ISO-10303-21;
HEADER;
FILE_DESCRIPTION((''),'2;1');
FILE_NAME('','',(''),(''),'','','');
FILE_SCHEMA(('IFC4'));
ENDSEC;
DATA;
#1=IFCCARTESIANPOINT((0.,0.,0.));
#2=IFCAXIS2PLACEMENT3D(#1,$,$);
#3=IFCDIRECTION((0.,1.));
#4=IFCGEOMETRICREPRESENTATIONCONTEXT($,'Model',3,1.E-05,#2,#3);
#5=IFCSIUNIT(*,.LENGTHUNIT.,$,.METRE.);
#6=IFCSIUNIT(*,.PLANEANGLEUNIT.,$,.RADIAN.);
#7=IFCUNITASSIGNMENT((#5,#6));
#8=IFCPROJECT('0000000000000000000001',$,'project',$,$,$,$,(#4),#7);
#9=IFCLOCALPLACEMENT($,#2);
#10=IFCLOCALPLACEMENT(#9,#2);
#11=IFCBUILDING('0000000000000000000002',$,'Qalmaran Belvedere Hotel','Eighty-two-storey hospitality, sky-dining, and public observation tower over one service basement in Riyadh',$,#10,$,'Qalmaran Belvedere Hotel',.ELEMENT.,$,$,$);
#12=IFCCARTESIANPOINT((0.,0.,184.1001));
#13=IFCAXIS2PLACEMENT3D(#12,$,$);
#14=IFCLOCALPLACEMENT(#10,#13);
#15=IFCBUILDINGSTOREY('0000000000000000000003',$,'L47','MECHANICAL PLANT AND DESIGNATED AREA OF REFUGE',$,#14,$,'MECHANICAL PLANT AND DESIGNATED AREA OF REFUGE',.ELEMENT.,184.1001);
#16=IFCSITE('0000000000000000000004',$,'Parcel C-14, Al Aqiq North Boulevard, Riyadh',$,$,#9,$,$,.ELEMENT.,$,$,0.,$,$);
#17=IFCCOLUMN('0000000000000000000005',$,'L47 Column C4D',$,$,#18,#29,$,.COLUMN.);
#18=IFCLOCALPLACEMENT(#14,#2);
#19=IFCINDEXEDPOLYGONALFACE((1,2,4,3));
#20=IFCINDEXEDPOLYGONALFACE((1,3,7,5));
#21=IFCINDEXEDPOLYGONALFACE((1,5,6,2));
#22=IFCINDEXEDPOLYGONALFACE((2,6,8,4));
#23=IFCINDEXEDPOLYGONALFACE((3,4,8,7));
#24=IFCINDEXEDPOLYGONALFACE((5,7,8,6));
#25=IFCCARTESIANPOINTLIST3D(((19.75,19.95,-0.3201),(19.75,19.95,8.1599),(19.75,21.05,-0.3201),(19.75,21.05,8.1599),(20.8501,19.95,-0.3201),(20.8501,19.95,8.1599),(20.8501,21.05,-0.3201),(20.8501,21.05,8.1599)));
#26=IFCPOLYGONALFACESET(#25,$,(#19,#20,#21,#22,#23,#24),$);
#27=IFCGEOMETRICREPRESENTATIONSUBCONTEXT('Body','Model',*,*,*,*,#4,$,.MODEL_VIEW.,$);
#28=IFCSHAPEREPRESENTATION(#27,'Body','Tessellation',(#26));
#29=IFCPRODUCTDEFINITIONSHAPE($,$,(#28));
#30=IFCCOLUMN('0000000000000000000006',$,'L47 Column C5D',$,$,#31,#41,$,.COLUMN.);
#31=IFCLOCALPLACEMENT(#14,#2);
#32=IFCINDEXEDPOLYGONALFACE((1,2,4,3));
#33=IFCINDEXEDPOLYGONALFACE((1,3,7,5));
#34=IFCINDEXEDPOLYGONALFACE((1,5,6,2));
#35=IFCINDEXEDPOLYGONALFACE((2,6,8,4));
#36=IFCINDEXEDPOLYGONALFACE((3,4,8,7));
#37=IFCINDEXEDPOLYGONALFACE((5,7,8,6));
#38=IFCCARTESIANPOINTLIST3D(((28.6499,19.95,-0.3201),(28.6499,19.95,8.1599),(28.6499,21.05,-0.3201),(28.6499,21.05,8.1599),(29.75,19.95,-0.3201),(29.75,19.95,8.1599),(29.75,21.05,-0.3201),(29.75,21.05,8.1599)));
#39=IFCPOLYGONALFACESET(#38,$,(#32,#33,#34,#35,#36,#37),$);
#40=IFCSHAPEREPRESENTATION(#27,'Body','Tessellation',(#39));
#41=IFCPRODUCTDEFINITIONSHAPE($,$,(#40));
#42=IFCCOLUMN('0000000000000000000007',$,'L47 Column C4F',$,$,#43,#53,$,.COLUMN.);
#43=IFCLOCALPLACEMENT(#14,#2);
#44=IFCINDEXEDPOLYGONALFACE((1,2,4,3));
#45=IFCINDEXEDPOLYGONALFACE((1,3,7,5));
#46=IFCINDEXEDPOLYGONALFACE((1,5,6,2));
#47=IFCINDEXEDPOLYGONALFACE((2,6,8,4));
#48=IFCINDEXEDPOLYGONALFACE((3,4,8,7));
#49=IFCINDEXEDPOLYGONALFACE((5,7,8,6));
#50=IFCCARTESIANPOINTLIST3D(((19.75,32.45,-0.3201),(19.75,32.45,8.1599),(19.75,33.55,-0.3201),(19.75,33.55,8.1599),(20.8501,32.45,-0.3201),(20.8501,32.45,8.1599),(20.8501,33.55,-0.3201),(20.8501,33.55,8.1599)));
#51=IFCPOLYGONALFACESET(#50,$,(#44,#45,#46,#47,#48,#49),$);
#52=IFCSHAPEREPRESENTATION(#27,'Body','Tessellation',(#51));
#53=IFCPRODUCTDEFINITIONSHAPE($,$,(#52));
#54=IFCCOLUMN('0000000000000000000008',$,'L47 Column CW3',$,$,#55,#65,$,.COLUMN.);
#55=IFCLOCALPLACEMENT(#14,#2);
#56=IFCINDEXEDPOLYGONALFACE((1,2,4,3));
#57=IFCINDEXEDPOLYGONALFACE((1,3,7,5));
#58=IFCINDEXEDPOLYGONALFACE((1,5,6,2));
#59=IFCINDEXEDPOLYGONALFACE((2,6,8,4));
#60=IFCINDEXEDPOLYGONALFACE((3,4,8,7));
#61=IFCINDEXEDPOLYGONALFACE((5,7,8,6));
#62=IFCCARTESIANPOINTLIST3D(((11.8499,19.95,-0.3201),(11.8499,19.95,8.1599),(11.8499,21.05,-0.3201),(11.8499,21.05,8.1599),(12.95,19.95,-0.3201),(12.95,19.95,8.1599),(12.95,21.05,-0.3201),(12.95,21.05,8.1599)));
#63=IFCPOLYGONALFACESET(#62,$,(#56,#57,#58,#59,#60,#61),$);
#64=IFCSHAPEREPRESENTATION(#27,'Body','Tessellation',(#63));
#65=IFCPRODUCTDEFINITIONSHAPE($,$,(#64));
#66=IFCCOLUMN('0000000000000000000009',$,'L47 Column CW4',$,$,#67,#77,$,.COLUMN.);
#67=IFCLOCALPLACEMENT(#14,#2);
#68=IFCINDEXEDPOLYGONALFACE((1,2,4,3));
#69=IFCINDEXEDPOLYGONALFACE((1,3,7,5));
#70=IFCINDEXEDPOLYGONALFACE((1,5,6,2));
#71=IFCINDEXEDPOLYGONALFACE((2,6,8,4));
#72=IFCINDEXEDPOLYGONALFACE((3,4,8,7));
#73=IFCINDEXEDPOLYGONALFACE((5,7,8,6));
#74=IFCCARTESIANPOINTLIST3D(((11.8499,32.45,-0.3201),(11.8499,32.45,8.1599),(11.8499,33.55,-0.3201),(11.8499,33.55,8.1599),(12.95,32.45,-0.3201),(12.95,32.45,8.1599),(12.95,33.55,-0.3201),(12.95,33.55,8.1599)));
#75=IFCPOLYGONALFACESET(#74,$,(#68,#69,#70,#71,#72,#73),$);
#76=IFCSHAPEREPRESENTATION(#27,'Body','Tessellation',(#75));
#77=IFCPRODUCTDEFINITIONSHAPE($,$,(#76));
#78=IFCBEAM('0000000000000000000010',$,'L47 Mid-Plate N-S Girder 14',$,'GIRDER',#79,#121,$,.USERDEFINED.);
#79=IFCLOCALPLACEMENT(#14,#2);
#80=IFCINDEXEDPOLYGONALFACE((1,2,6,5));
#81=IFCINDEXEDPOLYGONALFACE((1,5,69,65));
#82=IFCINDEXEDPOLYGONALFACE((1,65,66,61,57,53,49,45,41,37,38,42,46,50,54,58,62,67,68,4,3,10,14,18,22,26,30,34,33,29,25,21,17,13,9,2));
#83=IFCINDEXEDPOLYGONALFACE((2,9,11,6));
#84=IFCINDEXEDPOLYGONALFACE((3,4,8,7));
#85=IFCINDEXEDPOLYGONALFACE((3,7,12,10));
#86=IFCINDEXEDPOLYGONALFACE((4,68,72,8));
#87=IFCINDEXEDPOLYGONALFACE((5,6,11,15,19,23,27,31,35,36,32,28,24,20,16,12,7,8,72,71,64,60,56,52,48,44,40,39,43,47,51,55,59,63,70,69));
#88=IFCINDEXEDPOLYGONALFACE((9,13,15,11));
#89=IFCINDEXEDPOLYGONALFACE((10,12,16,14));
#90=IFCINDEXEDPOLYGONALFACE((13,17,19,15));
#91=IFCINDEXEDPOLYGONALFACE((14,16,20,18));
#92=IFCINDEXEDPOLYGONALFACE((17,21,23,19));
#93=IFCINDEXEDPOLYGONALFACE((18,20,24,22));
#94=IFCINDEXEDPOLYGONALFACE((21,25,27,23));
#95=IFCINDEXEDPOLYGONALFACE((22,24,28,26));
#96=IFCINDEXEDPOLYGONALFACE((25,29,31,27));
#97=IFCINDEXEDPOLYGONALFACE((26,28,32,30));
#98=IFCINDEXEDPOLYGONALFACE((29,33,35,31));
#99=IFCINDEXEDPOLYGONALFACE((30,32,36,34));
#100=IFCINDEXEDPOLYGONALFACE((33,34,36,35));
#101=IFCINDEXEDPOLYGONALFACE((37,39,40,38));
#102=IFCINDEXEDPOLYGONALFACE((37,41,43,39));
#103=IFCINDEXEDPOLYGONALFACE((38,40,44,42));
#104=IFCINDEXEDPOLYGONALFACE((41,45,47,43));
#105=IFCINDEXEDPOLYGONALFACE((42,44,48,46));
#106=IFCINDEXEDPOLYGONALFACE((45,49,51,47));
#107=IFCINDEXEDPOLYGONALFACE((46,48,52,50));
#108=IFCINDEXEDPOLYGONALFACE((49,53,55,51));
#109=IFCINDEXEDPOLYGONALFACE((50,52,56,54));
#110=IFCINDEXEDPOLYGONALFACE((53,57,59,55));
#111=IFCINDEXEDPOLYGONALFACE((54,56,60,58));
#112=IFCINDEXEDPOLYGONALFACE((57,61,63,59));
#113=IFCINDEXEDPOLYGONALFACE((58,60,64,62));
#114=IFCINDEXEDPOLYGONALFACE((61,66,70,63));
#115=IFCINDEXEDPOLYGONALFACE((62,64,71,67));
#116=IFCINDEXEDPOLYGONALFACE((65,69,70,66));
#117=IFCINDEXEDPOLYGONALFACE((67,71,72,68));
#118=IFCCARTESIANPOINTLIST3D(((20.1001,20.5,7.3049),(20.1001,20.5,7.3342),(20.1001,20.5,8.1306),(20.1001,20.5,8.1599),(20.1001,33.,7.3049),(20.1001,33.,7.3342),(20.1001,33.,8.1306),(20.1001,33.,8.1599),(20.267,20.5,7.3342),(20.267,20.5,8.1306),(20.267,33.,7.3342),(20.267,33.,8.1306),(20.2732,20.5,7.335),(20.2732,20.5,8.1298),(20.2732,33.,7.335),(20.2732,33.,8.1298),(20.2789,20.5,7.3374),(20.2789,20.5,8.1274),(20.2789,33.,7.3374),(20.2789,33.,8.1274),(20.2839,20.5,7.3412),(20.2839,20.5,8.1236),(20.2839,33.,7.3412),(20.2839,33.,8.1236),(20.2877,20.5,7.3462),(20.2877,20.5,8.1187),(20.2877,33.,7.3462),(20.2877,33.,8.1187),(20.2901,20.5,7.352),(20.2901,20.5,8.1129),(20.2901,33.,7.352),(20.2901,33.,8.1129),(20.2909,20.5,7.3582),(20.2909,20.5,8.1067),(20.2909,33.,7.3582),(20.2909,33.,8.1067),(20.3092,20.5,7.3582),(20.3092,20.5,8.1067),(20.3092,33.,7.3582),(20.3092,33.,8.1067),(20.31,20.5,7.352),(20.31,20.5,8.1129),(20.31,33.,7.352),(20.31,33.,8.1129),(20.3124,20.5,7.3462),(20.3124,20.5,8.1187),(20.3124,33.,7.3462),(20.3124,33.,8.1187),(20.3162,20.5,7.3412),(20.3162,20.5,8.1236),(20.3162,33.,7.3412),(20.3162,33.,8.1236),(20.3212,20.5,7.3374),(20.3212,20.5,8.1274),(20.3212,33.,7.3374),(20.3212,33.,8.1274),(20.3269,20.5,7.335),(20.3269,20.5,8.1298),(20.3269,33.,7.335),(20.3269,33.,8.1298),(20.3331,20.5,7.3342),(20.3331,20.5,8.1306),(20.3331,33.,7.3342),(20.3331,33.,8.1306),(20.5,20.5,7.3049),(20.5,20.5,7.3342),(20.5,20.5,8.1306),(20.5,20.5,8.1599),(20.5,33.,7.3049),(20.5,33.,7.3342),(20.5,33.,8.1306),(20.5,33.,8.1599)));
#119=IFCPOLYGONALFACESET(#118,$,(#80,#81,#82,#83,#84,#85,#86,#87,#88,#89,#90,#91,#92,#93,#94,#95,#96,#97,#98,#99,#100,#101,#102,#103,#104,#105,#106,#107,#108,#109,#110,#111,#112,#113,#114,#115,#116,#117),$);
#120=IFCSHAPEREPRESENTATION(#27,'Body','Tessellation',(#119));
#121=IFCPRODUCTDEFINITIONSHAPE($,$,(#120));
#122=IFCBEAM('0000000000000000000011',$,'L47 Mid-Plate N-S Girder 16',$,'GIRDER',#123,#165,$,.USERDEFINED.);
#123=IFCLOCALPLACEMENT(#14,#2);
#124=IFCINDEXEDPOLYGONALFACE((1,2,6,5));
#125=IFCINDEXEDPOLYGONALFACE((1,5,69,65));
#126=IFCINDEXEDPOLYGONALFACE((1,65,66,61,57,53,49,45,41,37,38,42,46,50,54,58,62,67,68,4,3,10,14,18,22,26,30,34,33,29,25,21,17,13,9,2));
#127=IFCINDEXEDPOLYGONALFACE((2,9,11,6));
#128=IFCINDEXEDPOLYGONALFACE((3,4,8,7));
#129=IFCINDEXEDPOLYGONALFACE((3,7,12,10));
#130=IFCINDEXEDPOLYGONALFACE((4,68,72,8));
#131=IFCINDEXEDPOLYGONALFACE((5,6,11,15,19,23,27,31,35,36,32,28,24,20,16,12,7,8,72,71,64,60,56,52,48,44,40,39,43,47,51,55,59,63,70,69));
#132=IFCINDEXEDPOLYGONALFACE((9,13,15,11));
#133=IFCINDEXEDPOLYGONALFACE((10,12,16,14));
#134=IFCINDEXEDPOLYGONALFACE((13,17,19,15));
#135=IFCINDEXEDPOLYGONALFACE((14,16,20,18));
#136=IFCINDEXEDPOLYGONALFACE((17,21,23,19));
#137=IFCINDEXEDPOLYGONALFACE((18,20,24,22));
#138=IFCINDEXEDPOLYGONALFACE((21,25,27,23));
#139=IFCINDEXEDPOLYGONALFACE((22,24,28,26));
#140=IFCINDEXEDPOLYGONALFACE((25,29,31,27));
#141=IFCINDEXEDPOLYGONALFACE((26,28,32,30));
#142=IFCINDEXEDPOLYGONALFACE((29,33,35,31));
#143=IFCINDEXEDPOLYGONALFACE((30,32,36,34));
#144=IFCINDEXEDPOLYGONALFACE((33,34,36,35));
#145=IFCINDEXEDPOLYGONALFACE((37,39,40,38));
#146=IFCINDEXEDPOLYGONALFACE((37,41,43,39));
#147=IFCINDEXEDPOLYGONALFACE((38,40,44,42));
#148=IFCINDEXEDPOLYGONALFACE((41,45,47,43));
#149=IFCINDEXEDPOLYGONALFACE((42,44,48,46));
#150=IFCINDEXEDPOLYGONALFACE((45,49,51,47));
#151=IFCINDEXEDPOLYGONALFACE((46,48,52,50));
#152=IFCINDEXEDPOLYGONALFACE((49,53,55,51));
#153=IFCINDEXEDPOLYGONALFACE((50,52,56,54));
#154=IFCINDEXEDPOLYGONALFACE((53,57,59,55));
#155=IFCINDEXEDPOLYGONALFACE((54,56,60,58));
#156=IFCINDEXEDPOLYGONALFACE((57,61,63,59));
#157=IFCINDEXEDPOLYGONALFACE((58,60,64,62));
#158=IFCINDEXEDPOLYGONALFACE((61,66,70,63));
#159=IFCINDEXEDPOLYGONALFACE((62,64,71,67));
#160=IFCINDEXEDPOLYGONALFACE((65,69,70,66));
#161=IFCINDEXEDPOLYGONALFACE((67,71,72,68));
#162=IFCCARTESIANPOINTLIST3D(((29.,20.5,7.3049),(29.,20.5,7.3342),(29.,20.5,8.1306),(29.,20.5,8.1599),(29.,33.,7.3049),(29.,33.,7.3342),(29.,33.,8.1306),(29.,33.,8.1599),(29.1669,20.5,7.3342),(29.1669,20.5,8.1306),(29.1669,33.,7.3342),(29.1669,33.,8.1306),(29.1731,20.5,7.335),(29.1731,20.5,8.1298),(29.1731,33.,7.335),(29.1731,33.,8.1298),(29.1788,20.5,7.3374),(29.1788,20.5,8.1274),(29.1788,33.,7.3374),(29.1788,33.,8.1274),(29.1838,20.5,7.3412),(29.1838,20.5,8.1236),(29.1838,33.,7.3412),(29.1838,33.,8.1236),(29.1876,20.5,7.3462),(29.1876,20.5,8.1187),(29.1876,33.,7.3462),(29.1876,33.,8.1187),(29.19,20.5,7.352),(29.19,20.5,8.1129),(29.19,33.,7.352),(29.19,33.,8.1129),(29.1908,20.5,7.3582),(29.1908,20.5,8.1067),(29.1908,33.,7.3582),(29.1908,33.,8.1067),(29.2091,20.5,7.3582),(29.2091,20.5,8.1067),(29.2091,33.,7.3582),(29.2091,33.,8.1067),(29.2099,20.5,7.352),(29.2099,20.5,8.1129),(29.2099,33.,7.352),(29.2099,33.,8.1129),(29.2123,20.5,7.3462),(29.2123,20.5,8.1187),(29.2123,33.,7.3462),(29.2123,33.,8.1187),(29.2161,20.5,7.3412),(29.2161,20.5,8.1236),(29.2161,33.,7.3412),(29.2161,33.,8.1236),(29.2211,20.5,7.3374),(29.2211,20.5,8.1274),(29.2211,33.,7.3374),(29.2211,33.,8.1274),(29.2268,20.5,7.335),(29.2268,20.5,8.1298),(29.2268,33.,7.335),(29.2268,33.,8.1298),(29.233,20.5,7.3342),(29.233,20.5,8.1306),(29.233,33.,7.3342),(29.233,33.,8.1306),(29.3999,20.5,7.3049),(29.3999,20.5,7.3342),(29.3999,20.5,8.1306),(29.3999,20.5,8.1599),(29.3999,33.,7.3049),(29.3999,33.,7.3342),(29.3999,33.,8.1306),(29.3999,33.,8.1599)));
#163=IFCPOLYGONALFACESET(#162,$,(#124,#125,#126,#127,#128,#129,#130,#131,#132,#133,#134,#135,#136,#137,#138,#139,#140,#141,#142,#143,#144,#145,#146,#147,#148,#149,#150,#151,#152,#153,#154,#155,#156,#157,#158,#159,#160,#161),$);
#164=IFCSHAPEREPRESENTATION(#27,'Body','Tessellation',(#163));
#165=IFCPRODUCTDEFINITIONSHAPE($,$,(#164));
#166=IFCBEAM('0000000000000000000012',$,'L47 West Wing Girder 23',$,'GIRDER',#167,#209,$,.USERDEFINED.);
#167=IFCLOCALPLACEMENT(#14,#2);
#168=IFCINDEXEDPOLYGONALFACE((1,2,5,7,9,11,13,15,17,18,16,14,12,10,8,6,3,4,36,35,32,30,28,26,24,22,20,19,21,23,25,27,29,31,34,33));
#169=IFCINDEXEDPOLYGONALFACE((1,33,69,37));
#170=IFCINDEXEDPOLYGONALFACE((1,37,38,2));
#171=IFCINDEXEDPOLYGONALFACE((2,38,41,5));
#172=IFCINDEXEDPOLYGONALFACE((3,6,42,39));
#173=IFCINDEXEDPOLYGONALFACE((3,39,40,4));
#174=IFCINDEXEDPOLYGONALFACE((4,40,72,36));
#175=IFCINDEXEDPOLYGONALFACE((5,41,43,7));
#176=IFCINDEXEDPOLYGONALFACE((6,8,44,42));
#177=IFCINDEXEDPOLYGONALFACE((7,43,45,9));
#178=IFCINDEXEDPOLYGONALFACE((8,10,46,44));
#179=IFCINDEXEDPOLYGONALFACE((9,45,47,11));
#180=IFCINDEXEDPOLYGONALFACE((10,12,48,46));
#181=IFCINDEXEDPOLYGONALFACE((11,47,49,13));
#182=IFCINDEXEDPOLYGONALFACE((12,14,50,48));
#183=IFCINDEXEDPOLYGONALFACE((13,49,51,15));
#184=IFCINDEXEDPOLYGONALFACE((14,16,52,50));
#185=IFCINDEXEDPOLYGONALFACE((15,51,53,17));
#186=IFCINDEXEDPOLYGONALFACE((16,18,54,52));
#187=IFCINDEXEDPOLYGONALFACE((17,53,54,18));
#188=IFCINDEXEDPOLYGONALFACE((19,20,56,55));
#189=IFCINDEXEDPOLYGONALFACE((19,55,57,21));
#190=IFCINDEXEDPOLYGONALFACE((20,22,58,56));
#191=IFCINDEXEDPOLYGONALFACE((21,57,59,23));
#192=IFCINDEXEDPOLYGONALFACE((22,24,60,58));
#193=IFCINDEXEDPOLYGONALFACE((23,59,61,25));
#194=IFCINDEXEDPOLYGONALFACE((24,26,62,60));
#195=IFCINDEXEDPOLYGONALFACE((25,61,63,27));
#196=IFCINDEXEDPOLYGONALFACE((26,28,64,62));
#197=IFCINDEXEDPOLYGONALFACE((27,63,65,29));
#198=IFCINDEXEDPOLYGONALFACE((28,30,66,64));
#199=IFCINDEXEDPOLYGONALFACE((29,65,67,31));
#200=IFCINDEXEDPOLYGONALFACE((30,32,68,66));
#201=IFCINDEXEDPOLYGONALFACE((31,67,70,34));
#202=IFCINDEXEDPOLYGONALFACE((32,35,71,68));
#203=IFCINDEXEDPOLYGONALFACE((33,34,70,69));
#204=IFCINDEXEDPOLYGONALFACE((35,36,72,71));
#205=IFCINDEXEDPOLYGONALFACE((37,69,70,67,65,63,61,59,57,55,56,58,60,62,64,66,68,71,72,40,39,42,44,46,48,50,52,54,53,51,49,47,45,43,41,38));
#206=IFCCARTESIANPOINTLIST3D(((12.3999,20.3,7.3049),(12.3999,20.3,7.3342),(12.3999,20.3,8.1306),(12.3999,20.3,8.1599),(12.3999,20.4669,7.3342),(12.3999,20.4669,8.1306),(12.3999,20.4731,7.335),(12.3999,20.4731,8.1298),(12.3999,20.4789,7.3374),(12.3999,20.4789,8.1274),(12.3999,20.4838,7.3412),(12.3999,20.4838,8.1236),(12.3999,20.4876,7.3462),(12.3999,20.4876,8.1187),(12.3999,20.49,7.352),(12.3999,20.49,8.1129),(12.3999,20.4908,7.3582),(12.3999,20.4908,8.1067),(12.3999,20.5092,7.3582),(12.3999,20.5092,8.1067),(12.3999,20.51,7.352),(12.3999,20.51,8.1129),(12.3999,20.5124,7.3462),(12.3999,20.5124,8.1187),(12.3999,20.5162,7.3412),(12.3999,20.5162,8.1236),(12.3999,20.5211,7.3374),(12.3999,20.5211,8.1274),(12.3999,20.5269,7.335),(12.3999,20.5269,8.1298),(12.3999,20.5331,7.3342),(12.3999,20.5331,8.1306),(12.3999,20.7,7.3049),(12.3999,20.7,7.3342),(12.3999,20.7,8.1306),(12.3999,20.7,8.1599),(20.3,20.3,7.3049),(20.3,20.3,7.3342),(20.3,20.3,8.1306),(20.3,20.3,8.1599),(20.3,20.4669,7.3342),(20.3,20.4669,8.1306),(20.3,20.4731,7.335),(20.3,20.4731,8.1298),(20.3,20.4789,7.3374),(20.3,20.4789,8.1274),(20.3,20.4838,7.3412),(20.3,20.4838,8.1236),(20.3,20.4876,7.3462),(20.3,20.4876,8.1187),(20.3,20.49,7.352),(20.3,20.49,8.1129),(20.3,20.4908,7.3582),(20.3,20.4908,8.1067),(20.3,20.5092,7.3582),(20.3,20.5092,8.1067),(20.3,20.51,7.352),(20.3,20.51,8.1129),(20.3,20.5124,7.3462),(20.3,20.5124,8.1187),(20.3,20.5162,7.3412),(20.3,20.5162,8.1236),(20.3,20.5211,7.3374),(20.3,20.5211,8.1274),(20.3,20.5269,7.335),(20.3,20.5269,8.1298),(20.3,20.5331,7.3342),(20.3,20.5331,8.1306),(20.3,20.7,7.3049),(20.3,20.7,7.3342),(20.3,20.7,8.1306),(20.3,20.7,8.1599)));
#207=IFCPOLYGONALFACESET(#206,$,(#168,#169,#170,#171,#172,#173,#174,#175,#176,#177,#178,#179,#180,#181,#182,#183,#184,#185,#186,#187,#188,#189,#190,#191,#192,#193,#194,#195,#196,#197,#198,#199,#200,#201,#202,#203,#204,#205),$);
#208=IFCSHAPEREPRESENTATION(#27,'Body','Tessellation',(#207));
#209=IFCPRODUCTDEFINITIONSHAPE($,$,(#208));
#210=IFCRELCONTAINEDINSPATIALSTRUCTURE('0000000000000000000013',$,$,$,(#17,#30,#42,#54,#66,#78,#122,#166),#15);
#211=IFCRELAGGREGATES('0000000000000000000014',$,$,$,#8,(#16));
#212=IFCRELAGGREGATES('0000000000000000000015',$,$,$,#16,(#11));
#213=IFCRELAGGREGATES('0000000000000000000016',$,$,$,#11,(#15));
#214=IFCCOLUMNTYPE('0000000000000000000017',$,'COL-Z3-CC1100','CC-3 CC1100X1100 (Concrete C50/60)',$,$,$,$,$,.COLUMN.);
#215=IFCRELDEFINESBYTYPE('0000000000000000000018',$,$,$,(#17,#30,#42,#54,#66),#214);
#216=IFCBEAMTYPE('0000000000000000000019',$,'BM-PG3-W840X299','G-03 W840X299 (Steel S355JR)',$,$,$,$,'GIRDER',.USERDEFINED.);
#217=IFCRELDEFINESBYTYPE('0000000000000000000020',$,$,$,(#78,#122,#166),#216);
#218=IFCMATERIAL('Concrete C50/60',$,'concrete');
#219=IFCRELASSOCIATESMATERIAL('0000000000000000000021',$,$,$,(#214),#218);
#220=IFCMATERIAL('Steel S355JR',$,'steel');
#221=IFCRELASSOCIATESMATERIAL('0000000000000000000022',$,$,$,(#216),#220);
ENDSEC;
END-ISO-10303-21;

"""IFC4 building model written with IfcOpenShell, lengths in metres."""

from ifc_helpers import new_model, si_unit, direction, frame, origin, origin_2d, place, context, subcontext, project, spatial, rectangle, i_section, extrude, material, material_profile, profile_set, type_object, element, save


model = new_model("IFC4")

# Units and contexts
model_context = context("Model", 3, precision=1e-05, world=origin(), true_north=direction((0.0, 1.0)))
body_context = subcontext(model_context, "Body", "Model", "MODEL_VIEW")
ifc_project = project(units=[si_unit("LENGTHUNIT", "METRE"), si_unit("PLANEANGLEUNIT", "RADIAN")], contexts=[model_context])

# Site, building, storey
site_placement = place(None, origin())
site = spatial("IfcSite", under=ifc_project, at=site_placement, Name="Parcel C-14, Al Aqiq North Boulevard, Riyadh", CompositionType="ELEMENT", RefElevation=0.0)
building_placement = place(site_placement, origin())
building = spatial("IfcBuilding", under=site, at=building_placement, Name="Qalmaran Belvedere Hotel", Description="Eighty-two-storey hospitality, sky-dining, and public observation tower over one service basement in Riyadh", LongName="Qalmaran Belvedere Hotel", CompositionType="ELEMENT")
storey_placement = place(building_placement, frame((0.0, 0.0, 184.1001)))
storey = spatial("IfcBuildingStorey", under=building, at=storey_placement, Name="L47", Description="MECHANICAL PLANT AND DESIGNATED AREA OF REFUGE", LongName="MECHANICAL PLANT AND DESIGNATED AREA OF REFUGE", CompositionType="ELEMENT", Elevation=184.1001)

# Columns
ifc_material_1 = material(Name="Concrete C50/60", Category="concrete")
ifc_material_profile_1 = material_profile(ifc_material_1, rectangle(XDim=1.1001, YDim=1.1001, at=origin_2d()), Name="CC1100X1100")
ifc_profile_set_1 = profile_set([ifc_material_profile_1], Name="Concrete C50/60")
column_type = type_object("IfcColumnType", Name="COL-Z3-CC1100", Description="CC-3 CC1100X1100 (Concrete C50/60)", PredefinedType="COLUMN", material=ifc_profile_set_1)
for number, where, z_axis, x_axis, name in (
    (1, (20.3, 20.5, -0.3201), (0.0, 0.0, 1.0), (1.0, 0.0, 0.0), "L47 Column C4D"),
    (2, (29.2, 20.5, -0.3201), (0.0, 0.0, 1.0), (1.0, 0.0, 0.0), "L47 Column C5D"),
    (3, (20.3, 33.0, -0.3201), (0.0, 0.0, 1.0), (1.0, 0.0, 0.0), "L47 Column C4F"),
    (4, (12.3999, 20.5, -0.3201), (0.0, 0.0, 1.0), (1.0, 0.0, 0.0), "L47 Column CW3"),
    (5, (12.3999, 33.0, -0.3201), (0.0, 0.0, 1.0), (1.0, 0.0, 0.0), "L47 Column CW4"),
):
    element("IfcColumn", number, at=place(storey_placement, frame(where, z_axis=z_axis, x_axis=x_axis)), inside=storey, type_object=column_type, Name=name, PredefinedType="COLUMN", context=body_context, shape_type="SweptSolid", body=[
        extrude(rectangle(XDim=1.1001, YDim=1.1001, at=origin_2d()), origin(), (0.0, 0.0, 1.0), 8.48),
    ])

# Beams
ifc_material_2 = material(Name="Steel S355JR", Category="steel")
ifc_material_profile_2 = material_profile(ifc_material_2, i_section(OverallWidth=0.3999, OverallDepth=0.855, WebThickness=0.0183, FlangeThickness=0.0293, FilletRadius=0.0239, at=origin_2d()), Name="W840X299")
ifc_profile_set_2 = profile_set([ifc_material_profile_2], Name="Steel S355JR")
beam_type_1 = type_object("IfcBeamType", Name="BM-PG3-W840X299", Description="G-03 W840X299 (Steel S355JR)", ElementType="GIRDER", PredefinedType="USERDEFINED", material=ifc_profile_set_2)
for number, where, z_axis, x_axis, name in (
    (6, (20.3, 20.5, 7.7324), (0.0, 1.0, 0.0), (-1.0, 0.0, 0.0), "L47 Mid-Plate N-S Girder 14"),
    (7, (29.2, 20.5, 7.7324), (0.0, 1.0, 0.0), (-1.0, 0.0, 0.0), "L47 Mid-Plate N-S Girder 16"),
):
    element("IfcBeam", number, at=place(storey_placement, frame(where, z_axis=z_axis, x_axis=x_axis)), inside=storey, type_object=beam_type_1, Name=name, ObjectType="GIRDER", PredefinedType="USERDEFINED", context=body_context, shape_type="SweptSolid", body=[
        extrude(i_section(OverallWidth=0.3999, OverallDepth=0.855, WebThickness=0.0183, FlangeThickness=0.0293, FilletRadius=0.0239, at=origin_2d()), origin(), (0.0, 0.0, 1.0), 12.5),
    ])
for number, where, z_axis, x_axis, name in (
    (8, (12.3999, 20.5, 7.7324), (1.0, 0.0, 0.0), (0.0, 1.0, 0.0), "L47 West Wing Girder 23"),
):
    element("IfcBeam", number, at=place(storey_placement, frame(where, z_axis=z_axis, x_axis=x_axis)), inside=storey, type_object=beam_type_1, Name=name, ObjectType="GIRDER", PredefinedType="USERDEFINED", context=body_context, shape_type="SweptSolid", body=[
        extrude(i_section(OverallWidth=0.3999, OverallDepth=0.855, WebThickness=0.0183, FlangeThickness=0.0293, FilletRadius=0.0239, at=origin_2d()), origin(), (0.0, 0.0, 1.0), 7.9001),
    ])

save(model, "model.ifc")
